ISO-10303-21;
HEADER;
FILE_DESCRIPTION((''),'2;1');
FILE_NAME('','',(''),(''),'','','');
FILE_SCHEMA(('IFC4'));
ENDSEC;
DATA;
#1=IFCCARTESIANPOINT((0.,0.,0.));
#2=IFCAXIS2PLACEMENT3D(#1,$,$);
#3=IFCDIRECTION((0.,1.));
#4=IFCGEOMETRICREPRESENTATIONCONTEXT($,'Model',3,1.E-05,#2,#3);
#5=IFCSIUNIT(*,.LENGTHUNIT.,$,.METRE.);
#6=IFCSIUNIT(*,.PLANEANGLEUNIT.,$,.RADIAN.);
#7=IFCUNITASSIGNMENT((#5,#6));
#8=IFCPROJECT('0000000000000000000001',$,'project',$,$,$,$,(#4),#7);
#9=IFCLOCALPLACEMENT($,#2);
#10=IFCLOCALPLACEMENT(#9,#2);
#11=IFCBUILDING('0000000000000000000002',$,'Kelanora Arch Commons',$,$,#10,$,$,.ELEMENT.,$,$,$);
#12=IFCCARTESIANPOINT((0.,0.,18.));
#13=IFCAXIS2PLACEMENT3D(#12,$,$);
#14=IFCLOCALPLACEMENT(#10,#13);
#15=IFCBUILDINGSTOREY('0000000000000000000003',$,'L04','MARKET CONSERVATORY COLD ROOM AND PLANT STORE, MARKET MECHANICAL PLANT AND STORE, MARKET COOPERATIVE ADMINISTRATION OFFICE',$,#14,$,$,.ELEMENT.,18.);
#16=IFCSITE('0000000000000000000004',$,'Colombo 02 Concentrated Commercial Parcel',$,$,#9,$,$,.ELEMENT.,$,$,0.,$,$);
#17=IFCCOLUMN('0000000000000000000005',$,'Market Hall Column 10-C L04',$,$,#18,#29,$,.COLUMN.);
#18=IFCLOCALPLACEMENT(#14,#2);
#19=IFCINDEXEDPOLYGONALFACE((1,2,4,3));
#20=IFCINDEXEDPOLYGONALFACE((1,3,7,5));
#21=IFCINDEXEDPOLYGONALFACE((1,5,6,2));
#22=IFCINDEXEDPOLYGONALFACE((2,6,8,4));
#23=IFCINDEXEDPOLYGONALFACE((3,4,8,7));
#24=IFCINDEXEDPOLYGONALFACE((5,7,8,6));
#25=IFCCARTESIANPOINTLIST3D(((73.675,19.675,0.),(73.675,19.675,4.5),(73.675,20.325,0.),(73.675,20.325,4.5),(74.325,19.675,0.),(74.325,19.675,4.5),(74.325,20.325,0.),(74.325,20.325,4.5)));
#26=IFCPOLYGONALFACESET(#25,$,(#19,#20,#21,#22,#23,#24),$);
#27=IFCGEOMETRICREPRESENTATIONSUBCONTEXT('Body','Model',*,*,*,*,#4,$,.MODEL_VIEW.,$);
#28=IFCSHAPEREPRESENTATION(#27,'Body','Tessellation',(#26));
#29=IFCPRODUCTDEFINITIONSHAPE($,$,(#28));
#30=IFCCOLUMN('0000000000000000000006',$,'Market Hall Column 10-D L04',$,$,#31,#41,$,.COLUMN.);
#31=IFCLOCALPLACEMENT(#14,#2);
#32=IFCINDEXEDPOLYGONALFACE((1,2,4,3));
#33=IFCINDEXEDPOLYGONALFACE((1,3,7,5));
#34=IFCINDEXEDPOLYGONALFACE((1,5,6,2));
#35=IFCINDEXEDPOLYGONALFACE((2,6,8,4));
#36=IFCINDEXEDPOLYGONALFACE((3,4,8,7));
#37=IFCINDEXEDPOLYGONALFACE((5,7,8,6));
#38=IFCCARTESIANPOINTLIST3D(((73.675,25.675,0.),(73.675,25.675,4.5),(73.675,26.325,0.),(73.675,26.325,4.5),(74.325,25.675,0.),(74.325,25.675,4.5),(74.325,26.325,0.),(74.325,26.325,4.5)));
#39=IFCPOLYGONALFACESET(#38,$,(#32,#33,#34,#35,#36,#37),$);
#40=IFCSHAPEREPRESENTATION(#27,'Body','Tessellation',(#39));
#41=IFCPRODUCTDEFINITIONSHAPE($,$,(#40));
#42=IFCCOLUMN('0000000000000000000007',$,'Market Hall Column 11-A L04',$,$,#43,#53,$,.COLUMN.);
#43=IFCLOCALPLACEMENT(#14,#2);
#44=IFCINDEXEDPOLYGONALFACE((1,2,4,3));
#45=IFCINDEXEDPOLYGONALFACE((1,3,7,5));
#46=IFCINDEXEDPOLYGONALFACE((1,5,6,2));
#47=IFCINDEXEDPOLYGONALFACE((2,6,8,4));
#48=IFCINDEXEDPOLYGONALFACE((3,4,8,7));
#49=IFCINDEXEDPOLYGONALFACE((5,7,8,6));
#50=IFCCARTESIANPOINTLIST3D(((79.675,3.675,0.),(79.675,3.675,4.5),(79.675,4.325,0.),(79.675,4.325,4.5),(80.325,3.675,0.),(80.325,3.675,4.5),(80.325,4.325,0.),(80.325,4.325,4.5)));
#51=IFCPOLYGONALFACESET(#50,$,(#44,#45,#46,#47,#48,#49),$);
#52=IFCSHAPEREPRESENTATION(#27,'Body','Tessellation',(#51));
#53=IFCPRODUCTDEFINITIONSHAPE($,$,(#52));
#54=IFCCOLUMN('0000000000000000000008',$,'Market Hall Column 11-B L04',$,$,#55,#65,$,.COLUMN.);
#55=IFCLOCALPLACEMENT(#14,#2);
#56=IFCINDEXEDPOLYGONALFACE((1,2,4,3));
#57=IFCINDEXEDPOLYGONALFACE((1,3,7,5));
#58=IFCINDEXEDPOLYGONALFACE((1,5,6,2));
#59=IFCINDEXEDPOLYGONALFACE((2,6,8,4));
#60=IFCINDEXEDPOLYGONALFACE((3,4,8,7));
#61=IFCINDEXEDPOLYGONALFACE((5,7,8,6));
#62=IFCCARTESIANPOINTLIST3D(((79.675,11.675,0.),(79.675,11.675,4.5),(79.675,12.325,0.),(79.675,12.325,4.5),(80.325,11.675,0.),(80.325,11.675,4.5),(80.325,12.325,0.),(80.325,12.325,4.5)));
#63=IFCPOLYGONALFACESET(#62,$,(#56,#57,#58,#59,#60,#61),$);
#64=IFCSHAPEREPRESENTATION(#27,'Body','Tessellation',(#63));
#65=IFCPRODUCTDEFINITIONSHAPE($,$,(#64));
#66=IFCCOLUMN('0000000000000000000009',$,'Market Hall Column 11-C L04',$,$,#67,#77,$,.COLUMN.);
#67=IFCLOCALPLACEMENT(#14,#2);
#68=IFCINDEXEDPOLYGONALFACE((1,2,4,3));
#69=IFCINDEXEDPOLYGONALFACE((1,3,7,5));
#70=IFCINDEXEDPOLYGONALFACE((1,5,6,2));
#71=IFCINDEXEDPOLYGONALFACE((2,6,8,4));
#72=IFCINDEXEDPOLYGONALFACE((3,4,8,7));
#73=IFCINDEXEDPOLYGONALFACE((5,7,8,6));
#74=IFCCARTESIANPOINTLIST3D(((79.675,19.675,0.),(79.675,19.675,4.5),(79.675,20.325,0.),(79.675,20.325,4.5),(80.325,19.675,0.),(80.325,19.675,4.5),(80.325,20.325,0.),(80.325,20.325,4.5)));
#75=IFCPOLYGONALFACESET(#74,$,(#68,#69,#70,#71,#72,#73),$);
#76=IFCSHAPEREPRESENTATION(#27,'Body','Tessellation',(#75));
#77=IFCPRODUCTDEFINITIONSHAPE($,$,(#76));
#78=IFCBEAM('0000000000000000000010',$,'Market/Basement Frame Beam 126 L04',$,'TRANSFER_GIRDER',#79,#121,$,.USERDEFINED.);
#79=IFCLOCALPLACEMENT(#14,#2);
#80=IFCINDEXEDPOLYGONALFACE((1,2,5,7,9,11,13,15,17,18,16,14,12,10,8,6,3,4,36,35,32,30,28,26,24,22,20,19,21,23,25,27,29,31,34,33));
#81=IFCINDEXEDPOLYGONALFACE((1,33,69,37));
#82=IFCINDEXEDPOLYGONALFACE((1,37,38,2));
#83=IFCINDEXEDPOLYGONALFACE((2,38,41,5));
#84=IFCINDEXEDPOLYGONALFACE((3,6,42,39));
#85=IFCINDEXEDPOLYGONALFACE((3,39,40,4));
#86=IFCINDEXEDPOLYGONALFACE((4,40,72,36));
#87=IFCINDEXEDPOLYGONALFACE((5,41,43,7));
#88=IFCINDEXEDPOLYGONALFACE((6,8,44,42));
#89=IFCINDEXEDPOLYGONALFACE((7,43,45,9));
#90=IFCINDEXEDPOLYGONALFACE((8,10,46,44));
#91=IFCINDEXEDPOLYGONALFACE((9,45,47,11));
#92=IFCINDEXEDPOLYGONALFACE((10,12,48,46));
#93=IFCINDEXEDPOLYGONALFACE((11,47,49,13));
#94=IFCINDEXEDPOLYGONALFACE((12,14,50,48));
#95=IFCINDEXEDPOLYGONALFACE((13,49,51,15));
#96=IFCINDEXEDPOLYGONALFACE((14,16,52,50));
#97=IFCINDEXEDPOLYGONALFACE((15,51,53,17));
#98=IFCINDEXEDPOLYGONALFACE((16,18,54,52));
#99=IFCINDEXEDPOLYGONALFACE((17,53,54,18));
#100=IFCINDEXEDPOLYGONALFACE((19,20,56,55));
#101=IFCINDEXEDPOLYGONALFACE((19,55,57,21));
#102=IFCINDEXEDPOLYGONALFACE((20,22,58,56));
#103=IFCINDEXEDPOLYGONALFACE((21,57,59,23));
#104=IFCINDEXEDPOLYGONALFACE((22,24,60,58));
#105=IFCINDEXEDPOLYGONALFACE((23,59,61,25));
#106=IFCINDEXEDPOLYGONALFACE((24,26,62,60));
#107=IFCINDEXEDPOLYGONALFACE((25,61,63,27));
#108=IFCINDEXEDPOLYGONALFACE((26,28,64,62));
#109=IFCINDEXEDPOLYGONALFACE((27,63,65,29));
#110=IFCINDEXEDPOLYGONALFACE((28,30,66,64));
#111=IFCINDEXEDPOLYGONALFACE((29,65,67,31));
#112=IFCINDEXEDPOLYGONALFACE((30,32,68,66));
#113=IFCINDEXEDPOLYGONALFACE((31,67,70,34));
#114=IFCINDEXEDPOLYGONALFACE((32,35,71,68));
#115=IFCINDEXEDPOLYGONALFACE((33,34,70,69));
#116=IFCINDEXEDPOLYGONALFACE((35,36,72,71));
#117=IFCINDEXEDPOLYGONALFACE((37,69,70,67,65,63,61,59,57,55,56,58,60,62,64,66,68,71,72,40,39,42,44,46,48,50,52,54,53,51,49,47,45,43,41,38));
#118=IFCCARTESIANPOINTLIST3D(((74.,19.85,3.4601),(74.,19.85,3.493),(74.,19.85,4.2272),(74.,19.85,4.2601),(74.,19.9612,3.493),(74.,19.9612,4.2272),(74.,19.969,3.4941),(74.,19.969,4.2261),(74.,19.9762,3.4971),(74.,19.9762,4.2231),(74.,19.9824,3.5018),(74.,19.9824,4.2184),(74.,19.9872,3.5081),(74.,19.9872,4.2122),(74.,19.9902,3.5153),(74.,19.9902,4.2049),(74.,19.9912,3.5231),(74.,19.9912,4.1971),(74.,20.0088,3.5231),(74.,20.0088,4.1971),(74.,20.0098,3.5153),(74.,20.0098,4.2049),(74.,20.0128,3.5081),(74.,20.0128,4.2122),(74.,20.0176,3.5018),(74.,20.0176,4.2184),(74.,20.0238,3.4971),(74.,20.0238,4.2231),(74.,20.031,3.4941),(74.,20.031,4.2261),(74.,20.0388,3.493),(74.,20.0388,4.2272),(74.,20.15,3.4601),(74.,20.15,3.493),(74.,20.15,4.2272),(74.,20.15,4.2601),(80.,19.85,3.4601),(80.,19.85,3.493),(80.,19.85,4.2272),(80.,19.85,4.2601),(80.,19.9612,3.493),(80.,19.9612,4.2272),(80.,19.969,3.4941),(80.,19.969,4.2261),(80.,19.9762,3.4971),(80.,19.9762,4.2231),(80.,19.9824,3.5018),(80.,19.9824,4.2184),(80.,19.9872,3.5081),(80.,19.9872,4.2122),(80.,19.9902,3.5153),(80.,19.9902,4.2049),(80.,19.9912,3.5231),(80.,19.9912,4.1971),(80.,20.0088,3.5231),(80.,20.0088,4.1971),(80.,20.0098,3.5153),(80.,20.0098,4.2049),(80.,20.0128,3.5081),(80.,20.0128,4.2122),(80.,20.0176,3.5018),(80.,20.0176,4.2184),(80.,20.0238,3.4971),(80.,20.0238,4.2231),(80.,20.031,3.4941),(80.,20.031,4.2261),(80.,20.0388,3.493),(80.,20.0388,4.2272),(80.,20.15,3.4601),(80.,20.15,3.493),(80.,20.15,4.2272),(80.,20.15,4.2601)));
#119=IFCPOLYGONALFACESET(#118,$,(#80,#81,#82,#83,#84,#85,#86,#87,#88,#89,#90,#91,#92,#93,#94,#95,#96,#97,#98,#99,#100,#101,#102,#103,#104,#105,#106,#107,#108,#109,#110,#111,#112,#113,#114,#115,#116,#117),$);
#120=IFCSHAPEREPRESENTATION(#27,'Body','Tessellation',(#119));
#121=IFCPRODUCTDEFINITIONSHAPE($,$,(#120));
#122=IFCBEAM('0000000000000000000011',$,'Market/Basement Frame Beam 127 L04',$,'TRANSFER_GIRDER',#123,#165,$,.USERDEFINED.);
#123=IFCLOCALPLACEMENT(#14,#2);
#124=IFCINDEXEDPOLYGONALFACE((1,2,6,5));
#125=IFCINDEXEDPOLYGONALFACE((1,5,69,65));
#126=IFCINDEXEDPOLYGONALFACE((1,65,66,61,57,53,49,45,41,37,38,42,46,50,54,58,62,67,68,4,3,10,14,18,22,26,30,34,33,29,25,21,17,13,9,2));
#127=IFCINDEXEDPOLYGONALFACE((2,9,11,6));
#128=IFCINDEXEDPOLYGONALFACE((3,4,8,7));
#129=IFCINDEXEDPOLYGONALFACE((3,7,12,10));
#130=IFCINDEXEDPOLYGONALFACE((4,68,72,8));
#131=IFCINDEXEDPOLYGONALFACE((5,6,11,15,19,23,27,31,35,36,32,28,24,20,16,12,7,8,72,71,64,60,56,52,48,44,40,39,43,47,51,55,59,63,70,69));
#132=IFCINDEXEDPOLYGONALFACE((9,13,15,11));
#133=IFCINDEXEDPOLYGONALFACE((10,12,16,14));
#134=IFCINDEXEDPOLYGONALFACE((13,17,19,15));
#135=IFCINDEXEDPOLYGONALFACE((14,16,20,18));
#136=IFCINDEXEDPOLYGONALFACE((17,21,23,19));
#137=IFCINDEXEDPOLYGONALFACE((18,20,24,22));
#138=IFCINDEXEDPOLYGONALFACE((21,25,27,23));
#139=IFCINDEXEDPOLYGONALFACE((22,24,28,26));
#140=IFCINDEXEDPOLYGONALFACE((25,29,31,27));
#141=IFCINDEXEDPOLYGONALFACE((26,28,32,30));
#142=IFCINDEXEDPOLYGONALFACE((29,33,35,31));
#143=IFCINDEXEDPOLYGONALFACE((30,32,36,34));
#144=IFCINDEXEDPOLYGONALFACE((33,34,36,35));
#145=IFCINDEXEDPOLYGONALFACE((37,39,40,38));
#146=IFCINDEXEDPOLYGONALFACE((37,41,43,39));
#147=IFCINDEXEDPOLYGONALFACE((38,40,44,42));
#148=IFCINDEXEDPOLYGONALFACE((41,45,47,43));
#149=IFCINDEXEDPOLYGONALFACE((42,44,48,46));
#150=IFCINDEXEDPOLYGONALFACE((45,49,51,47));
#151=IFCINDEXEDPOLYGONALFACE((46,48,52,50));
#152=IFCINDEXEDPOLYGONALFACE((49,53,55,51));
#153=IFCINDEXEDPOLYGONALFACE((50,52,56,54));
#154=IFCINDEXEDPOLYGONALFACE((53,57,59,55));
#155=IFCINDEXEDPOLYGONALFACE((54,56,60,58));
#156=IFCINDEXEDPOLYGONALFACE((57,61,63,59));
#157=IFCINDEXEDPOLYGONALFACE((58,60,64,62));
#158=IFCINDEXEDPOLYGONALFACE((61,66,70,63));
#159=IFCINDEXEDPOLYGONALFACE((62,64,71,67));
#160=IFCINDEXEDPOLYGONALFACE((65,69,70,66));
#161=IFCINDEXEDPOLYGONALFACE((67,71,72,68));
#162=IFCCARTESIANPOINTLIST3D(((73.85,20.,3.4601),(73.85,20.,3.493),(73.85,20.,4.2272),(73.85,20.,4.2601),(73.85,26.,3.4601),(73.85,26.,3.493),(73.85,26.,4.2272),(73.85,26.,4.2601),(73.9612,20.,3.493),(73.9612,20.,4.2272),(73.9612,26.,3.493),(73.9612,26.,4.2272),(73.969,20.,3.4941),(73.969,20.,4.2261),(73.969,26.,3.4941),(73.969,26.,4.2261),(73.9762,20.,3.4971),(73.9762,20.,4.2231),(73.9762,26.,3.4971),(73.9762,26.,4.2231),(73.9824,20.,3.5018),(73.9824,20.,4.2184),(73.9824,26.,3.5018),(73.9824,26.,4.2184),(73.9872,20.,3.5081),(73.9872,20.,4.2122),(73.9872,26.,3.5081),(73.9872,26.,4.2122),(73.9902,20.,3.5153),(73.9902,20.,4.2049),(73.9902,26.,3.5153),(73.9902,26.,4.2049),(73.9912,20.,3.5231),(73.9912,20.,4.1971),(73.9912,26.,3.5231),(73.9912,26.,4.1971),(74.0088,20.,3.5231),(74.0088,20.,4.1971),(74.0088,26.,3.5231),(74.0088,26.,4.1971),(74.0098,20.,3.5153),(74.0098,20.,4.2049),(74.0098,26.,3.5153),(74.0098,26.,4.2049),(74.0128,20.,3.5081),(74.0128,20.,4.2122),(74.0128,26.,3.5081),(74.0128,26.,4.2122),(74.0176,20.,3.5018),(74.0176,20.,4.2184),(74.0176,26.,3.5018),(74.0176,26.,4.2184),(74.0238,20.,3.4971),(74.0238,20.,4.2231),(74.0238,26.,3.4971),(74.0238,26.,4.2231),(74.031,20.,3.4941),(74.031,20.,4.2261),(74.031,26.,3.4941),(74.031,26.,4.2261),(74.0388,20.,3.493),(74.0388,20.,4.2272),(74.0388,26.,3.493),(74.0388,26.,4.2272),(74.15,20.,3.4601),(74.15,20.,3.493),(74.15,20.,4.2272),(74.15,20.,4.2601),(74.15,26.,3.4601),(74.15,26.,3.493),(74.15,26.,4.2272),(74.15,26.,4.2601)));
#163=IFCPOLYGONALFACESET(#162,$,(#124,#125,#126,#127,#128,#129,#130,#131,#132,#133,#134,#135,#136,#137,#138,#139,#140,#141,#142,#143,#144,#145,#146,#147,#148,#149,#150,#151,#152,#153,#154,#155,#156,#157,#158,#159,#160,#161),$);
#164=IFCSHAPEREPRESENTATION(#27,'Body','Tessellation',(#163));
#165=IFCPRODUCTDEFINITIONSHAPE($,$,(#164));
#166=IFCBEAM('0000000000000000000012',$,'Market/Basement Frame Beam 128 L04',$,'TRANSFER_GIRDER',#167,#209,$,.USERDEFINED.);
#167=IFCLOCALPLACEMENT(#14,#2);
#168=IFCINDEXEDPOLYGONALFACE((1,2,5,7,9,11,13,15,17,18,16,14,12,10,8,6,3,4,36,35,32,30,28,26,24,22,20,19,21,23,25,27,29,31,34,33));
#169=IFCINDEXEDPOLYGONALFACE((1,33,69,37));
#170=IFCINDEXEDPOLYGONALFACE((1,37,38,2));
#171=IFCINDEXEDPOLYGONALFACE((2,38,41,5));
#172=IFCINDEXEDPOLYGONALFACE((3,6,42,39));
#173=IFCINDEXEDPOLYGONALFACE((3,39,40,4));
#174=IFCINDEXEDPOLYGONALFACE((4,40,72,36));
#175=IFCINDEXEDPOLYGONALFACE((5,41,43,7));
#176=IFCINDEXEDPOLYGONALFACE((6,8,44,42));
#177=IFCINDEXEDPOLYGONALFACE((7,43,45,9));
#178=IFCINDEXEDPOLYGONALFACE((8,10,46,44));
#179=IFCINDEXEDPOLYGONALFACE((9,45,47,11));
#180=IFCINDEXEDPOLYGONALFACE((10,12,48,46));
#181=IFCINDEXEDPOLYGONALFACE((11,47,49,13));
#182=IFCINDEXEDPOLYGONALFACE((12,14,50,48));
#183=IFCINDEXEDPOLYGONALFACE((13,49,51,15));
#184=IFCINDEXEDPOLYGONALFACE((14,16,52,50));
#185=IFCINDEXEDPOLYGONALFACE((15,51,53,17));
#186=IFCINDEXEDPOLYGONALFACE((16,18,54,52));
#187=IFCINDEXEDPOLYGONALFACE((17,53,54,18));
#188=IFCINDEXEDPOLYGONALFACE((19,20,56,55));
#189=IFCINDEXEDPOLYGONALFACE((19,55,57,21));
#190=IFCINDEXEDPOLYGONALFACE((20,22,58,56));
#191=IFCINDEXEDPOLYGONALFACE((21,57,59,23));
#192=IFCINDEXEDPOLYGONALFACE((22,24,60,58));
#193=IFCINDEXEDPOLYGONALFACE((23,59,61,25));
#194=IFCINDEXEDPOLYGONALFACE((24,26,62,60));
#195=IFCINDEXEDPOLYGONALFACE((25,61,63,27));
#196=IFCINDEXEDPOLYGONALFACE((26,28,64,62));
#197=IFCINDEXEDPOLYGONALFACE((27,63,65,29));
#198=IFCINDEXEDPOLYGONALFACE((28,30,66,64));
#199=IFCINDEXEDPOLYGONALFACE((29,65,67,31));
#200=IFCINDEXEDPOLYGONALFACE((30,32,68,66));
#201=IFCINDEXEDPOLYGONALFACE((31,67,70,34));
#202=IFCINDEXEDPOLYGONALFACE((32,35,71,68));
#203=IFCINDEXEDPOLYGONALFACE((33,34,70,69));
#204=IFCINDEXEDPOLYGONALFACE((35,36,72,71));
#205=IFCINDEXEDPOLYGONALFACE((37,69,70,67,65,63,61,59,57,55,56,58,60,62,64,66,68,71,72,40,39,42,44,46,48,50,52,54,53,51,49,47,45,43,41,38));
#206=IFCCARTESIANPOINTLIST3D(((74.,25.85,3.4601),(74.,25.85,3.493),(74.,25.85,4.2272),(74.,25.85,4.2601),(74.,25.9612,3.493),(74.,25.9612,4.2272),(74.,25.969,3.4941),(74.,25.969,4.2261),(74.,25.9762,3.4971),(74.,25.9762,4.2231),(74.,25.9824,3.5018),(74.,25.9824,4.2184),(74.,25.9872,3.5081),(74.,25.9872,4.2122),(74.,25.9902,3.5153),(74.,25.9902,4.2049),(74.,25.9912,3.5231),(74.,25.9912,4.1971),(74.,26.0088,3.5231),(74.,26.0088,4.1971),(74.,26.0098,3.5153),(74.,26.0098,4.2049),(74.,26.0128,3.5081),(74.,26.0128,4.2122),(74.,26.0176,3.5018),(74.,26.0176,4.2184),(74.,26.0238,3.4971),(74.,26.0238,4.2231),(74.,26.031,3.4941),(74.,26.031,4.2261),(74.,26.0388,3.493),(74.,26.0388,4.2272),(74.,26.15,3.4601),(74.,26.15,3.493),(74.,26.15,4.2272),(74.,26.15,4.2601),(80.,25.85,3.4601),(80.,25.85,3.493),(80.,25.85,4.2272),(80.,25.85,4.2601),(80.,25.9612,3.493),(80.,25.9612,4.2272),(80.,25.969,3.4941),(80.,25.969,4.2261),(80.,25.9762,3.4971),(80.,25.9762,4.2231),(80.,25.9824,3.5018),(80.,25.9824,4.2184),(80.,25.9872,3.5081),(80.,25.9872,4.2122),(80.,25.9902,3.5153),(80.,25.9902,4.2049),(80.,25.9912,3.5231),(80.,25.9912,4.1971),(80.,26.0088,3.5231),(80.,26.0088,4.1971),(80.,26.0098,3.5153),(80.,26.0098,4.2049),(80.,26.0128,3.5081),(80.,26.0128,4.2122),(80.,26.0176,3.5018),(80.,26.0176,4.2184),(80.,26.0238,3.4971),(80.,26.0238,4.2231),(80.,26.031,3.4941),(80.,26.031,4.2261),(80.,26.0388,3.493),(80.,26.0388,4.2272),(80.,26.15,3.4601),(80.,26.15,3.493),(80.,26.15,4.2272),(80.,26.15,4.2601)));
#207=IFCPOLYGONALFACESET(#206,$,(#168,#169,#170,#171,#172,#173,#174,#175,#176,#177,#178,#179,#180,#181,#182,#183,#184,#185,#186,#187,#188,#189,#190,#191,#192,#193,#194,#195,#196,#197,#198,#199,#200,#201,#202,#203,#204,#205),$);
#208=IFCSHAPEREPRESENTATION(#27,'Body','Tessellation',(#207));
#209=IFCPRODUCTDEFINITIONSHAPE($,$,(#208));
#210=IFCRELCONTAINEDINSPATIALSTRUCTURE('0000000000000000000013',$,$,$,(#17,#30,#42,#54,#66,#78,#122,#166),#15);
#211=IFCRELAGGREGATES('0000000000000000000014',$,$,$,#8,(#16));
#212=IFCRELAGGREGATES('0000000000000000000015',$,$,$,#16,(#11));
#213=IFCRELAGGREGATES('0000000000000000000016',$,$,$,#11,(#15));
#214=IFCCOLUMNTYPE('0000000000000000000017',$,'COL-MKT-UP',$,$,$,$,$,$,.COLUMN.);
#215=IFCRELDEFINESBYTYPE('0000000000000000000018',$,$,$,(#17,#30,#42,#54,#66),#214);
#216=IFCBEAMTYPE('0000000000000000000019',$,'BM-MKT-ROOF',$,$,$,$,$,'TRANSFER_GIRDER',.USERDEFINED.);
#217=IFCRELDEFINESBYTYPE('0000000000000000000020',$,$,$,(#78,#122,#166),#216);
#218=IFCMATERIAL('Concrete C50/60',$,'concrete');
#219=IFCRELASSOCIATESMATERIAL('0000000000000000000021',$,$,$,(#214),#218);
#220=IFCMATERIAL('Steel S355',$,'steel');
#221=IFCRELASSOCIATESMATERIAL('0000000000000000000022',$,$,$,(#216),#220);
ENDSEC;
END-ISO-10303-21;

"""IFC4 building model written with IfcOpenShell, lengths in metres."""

from ifc_helpers import new_model, si_unit, direction, frame, origin, origin_2d, place, context, subcontext, project, spatial, rectangle, i_section, extrude, material, material_profile, profile_set, type_object, element, save


model = new_model("IFC4")

# Units and contexts
model_context = context("Model", 3, precision=1e-05, world=origin(), true_north=direction((0.0, 1.0)))
body_context = subcontext(model_context, "Body", "Model", "MODEL_VIEW")
ifc_project = project(units=[si_unit("LENGTHUNIT", "METRE"), si_unit("PLANEANGLEUNIT", "RADIAN")], contexts=[model_context])

# Site, building, storey
site_placement = place(None, origin())
site = spatial("IfcSite", under=ifc_project, at=site_placement, Name="Colombo 02 Concentrated Commercial Parcel", CompositionType="ELEMENT", RefElevation=0.0)
building_placement = place(site_placement, origin())
building = spatial("IfcBuilding", under=site, at=building_placement, Name="Kelanora Arch Commons", CompositionType="ELEMENT")
storey_placement = place(building_placement, frame((0.0, 0.0, 18.0)))
storey = spatial("IfcBuildingStorey", under=building, at=storey_placement, Name="L04", Description="MARKET CONSERVATORY COLD ROOM AND PLANT STORE, MARKET MECHANICAL PLANT AND STORE, MARKET COOPERATIVE ADMINISTRATION OFFICE", CompositionType="ELEMENT", Elevation=18.0)

# Columns
ifc_material_1 = material(Name="Concrete C50/60", Category="concrete")
ifc_material_profile_1 = material_profile(ifc_material_1, rectangle(XDim=0.6499, YDim=0.6499, at=origin_2d()), Name="RC650x650")
ifc_profile_set_1 = profile_set([ifc_material_profile_1], Name="Concrete C50/60")
column_type = type_object("IfcColumnType", Name="COL-MKT-UP", PredefinedType="COLUMN", material=ifc_profile_set_1)
for number, where, z_axis, x_axis, name in (
    (1, (74.0, 20.0, 0.0), (0.0, 0.0, 1.0), (1.0, 0.0, 0.0), "Market Hall Column 10-C L04"),
    (2, (74.0, 26.0, 0.0), (0.0, 0.0, 1.0), (1.0, 0.0, 0.0), "Market Hall Column 10-D L04"),
    (3, (80.0, 4.0, 0.0), (0.0, 0.0, 1.0), (1.0, 0.0, 0.0), "Market Hall Column 11-A L04"),
    (4, (80.0, 12.0, 0.0), (0.0, 0.0, 1.0), (1.0, 0.0, 0.0), "Market Hall Column 11-B L04"),
    (5, (80.0, 20.0, 0.0), (0.0, 0.0, 1.0), (1.0, 0.0, 0.0), "Market Hall Column 11-C L04"),
):
    element("IfcColumn", number, at=place(storey_placement, frame(where, z_axis=z_axis, x_axis=x_axis)), inside=storey, type_object=column_type, Name=name, PredefinedType="COLUMN", context=body_context, shape_type="SweptSolid", body=[
        extrude(rectangle(XDim=0.6499, YDim=0.6499, at=origin_2d()), origin(), (0.0, 0.0, 1.0), 4.5),
    ])

# Beams
ifc_material_2 = material(Name="Steel S355", Category="steel")
ifc_material_profile_2 = material_profile(ifc_material_2, i_section(OverallWidth=0.3, OverallDepth=0.8, WebThickness=0.0176, FlangeThickness=0.033, FilletRadius=0.03, at=origin_2d()), Name="HEB800")
ifc_profile_set_2 = profile_set([ifc_material_profile_2], Name="Steel S355")
beam_type = type_object("IfcBeamType", Name="BM-MKT-ROOF", ElementType="TRANSFER_GIRDER", PredefinedType="USERDEFINED", material=ifc_profile_set_2)
for number, where, z_axis, x_axis, name in (
    (6, (74.0, 20.0, 3.8601), (1.0, 0.0, 0.0), (0.0, 1.0, 0.0), "Market/Basement Frame Beam 126 L04"),
    (7, (74.0, 20.0, 3.8601), (0.0, 1.0, 0.0), (-1.0, 0.0, 0.0), "Market/Basement Frame Beam 127 L04"),
    (8, (74.0, 26.0, 3.8601), (1.0, 0.0, 0.0), (0.0, 1.0, 0.0), "Market/Basement Frame Beam 128 L04"),
):
    element("IfcBeam", number, at=place(storey_placement, frame(where, z_axis=z_axis, x_axis=x_axis)), inside=storey, type_object=beam_type, Name=name, ObjectType="TRANSFER_GIRDER", PredefinedType="USERDEFINED", context=body_context, shape_type="SweptSolid", body=[
        extrude(i_section(OverallWidth=0.3, OverallDepth=0.8, WebThickness=0.0176, FlangeThickness=0.033, FilletRadius=0.03, at=origin_2d()), origin(), (0.0, 0.0, 1.0), 6.0),
    ])

save(model, "model.ifc")
